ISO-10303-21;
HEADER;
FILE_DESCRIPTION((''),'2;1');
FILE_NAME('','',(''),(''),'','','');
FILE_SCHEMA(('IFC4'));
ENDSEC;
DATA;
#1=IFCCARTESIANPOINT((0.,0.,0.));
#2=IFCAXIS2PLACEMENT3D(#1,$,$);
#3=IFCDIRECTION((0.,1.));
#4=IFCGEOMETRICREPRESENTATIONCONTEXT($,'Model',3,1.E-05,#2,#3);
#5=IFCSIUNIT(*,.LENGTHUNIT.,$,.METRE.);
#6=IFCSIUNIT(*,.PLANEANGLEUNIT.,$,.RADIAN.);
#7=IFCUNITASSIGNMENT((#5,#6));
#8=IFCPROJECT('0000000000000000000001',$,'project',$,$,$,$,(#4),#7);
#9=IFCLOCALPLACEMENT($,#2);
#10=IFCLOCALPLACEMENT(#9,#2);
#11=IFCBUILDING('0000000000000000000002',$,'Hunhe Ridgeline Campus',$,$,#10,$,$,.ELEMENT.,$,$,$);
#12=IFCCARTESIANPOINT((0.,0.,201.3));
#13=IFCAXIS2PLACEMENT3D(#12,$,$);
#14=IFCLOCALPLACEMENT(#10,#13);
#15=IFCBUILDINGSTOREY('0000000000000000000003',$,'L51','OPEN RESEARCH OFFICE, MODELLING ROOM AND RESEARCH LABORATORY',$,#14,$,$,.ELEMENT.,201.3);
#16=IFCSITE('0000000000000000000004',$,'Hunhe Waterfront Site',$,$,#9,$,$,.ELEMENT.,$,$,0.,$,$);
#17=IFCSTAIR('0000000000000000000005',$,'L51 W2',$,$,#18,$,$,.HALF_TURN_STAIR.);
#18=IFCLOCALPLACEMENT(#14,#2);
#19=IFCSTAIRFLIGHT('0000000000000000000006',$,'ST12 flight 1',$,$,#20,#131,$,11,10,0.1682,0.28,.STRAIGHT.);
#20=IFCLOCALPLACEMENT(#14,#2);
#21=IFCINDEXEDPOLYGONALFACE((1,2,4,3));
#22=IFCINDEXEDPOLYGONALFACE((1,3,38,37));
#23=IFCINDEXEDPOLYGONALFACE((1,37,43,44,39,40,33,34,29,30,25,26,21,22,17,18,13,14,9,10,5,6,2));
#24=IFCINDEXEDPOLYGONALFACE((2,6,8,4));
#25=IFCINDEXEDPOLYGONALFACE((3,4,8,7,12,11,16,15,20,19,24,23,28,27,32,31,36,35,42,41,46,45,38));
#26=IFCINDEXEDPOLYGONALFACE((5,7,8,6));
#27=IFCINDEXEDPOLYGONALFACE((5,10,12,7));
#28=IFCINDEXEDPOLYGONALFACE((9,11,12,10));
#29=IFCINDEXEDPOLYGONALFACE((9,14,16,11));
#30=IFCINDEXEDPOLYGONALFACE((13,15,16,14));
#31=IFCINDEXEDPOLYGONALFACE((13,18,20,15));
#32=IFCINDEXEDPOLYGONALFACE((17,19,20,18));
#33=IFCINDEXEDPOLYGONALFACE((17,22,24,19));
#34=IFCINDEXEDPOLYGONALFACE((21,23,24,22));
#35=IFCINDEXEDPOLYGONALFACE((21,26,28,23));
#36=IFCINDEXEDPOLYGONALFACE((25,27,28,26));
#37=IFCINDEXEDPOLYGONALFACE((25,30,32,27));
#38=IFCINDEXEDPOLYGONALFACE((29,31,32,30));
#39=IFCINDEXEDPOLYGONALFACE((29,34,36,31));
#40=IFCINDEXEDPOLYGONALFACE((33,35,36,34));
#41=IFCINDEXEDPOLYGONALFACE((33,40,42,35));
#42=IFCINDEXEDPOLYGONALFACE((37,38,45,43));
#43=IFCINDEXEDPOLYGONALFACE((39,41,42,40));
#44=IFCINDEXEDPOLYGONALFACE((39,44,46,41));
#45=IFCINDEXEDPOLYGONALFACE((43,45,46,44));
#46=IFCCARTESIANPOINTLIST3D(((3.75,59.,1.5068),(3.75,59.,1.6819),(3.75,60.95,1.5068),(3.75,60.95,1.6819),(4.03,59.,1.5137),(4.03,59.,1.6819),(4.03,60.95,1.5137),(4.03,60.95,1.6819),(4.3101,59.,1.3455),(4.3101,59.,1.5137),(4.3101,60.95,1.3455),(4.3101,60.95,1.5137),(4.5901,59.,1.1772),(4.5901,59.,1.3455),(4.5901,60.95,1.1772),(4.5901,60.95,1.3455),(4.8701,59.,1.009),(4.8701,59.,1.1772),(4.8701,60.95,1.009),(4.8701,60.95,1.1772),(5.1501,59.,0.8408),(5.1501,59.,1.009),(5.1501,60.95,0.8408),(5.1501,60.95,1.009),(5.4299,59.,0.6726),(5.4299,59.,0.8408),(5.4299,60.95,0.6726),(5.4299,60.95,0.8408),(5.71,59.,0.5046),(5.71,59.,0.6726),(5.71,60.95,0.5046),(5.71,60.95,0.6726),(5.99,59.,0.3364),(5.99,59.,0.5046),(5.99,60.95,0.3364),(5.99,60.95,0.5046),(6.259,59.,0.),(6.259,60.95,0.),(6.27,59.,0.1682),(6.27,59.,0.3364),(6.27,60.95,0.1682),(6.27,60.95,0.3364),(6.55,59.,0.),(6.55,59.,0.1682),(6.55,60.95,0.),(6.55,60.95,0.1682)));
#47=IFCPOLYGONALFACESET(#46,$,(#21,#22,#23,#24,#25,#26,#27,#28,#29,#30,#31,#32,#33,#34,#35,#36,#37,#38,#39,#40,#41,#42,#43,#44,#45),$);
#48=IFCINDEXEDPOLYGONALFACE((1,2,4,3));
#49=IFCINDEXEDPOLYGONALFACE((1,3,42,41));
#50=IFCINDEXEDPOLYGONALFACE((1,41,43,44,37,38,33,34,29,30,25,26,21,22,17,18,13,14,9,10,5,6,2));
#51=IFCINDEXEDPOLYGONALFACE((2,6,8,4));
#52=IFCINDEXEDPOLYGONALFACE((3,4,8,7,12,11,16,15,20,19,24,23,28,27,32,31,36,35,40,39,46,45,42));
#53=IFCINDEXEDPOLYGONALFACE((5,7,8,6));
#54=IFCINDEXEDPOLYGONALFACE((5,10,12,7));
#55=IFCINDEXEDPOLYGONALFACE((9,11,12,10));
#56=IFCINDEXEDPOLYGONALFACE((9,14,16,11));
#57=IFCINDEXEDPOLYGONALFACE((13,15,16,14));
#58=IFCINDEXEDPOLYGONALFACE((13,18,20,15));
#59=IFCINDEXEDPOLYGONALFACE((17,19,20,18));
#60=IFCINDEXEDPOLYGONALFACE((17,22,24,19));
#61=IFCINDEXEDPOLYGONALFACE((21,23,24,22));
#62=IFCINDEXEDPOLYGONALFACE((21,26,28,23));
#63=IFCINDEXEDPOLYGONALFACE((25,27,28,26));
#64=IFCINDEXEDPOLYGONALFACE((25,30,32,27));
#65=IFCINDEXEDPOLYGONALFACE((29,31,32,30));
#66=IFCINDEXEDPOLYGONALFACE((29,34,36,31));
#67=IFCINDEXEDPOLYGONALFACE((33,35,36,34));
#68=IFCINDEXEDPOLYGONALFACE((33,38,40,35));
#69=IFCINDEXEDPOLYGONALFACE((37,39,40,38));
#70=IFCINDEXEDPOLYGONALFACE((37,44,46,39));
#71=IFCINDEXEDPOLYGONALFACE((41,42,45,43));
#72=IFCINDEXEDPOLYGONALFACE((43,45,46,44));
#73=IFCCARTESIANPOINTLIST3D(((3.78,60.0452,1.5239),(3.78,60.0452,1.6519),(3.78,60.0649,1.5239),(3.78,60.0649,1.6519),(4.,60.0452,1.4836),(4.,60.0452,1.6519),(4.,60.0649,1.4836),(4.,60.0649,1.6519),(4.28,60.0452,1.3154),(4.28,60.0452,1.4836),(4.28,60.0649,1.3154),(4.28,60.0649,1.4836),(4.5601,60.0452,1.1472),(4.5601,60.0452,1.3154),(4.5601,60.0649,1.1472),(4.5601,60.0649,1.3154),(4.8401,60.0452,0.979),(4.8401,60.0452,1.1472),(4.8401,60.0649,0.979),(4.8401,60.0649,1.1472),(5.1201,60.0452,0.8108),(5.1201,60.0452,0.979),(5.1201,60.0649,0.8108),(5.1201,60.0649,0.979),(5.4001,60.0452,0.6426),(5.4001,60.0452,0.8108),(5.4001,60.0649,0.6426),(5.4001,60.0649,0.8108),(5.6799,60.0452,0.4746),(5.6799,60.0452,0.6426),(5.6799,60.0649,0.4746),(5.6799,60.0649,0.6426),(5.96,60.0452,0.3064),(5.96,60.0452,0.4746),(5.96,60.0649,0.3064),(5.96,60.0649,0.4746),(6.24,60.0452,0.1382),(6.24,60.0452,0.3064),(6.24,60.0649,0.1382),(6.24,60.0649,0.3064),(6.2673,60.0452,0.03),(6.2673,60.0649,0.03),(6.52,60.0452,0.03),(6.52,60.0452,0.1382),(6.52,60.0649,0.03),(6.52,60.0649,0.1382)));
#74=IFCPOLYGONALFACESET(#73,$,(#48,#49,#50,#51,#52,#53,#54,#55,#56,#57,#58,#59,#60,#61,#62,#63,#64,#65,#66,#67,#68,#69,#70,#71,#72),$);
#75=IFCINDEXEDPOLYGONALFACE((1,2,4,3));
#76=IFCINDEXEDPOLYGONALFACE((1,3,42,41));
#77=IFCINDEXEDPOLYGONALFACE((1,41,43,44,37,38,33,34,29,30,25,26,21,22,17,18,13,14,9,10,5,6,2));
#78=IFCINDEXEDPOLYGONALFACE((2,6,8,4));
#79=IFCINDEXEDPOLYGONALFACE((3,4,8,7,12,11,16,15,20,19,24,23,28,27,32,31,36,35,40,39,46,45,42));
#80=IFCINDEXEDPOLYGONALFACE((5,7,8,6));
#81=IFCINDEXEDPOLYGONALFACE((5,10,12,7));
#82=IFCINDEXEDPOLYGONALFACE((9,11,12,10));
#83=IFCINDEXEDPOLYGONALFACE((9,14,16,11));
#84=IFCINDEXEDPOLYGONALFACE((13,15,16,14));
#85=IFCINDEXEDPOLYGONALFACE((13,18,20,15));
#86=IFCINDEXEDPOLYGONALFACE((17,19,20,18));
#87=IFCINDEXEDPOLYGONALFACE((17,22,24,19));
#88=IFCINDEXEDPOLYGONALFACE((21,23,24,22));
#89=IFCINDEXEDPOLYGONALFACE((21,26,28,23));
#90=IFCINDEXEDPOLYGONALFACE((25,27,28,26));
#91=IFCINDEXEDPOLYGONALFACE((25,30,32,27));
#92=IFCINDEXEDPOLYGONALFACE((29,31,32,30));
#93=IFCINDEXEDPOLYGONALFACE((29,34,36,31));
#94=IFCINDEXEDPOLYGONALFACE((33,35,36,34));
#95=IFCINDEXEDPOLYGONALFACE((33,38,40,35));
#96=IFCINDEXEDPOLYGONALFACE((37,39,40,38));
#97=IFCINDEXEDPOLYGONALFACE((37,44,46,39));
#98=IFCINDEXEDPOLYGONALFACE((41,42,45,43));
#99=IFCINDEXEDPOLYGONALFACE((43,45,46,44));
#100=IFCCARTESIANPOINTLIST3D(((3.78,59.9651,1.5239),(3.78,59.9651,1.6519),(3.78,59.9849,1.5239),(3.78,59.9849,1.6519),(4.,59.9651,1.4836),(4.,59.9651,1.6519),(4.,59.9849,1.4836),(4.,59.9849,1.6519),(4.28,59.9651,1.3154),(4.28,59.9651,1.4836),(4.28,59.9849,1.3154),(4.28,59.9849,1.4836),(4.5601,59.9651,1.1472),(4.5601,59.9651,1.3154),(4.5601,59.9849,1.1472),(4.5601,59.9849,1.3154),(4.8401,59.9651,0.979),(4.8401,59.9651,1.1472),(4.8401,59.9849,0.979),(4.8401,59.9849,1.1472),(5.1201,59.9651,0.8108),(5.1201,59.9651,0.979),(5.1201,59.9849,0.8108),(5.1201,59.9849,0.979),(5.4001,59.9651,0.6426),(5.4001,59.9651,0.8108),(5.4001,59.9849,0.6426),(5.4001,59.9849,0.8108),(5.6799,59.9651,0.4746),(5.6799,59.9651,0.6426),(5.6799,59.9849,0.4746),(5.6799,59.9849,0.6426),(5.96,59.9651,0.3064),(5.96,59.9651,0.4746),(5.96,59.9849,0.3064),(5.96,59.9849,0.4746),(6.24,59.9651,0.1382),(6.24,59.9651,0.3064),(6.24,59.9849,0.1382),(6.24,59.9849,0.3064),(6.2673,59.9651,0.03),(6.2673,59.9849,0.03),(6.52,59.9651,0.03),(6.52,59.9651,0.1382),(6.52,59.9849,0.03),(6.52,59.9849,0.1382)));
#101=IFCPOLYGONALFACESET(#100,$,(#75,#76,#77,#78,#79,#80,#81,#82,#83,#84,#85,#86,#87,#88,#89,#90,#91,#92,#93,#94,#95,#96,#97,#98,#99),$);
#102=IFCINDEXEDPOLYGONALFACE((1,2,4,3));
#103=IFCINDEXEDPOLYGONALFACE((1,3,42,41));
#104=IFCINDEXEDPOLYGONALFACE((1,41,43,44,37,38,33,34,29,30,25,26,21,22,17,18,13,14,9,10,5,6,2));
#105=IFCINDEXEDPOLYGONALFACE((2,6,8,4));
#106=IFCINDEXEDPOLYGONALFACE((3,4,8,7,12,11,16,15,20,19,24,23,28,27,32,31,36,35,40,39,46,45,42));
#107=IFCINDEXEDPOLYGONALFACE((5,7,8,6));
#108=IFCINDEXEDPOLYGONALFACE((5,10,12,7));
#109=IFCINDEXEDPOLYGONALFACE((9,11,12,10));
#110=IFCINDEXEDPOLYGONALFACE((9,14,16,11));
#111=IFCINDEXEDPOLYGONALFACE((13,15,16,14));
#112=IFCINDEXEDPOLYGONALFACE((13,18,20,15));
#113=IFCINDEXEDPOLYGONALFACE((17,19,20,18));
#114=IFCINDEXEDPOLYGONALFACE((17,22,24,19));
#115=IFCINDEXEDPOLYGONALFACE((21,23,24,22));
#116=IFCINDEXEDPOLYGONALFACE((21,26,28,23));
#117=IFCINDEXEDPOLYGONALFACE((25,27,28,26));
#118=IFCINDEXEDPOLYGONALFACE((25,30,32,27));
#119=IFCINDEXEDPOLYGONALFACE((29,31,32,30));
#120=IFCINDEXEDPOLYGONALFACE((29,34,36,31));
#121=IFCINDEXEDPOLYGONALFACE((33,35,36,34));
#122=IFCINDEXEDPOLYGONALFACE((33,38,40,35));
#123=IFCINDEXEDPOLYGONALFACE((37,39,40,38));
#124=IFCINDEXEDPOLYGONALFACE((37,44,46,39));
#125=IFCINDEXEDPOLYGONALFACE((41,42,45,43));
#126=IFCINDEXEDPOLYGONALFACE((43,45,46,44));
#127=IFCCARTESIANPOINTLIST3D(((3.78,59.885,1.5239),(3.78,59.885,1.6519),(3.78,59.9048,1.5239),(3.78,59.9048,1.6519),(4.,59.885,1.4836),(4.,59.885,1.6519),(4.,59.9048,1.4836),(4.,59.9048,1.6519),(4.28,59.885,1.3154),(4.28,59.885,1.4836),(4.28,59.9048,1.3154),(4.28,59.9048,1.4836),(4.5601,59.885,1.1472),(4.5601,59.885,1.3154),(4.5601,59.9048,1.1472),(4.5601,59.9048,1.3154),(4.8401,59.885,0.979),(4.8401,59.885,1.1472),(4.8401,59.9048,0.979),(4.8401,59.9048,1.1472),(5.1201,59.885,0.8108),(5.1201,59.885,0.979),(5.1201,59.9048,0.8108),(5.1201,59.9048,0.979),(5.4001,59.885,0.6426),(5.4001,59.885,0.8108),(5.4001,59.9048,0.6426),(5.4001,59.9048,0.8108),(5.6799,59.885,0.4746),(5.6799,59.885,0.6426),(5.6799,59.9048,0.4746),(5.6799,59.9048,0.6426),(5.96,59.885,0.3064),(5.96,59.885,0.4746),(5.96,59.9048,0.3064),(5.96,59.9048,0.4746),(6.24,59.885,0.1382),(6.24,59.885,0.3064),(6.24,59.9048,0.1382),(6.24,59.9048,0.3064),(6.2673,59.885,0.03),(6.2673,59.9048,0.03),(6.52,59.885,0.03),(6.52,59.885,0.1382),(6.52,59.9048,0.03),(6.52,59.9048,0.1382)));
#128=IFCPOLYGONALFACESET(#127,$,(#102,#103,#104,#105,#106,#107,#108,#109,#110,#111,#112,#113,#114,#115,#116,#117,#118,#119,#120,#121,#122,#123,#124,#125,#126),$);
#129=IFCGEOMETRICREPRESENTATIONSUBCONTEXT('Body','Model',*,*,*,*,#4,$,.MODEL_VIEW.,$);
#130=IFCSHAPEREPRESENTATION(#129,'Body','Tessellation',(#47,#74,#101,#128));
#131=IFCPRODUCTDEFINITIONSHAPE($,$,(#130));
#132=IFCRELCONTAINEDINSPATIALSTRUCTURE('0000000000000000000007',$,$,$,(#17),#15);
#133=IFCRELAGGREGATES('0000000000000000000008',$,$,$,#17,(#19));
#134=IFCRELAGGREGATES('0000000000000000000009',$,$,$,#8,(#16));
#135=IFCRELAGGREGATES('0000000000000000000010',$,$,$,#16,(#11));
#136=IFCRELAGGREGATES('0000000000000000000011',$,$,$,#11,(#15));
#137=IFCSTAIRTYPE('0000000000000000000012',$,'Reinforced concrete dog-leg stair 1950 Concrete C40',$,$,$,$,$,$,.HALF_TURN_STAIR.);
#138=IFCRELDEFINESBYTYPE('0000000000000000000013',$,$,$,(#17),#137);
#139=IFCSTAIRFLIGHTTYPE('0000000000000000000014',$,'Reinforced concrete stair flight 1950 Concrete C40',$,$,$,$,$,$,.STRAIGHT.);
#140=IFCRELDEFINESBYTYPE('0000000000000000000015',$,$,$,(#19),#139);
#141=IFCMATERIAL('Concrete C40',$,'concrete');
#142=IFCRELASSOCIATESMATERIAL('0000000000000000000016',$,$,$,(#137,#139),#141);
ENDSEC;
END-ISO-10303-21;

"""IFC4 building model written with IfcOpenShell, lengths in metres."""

from ifc_helpers import new_model, si_unit, direction, frame, origin, place, context, subcontext, project, spatial, polyline, outline, extrude, material, type_object, element, aggregate, save


model = new_model("IFC4")

# Units and contexts
model_context = context("Model", 3, precision=1e-05, world=origin(), true_north=direction((0.0, 1.0)))
body_context = subcontext(model_context, "Body", "Model", "MODEL_VIEW")
ifc_project = project(units=[si_unit("LENGTHUNIT", "METRE"), si_unit("PLANEANGLEUNIT", "RADIAN")], contexts=[model_context])

# Site, building, storey
site_placement = place(None, origin())
site = spatial("IfcSite", under=ifc_project, at=site_placement, Name="Hunhe Waterfront Site", CompositionType="ELEMENT", RefElevation=0.0)
building_placement = place(site_placement, origin())
building = spatial("IfcBuilding", under=site, at=building_placement, Name="Hunhe Ridgeline Campus", CompositionType="ELEMENT")
storey_placement = place(building_placement, frame((0.0, 0.0, 201.3)))
storey = spatial("IfcBuildingStorey", under=building, at=storey_placement, Name="L51", Description="OPEN RESEARCH OFFICE, MODELLING ROOM AND RESEARCH LABORATORY", CompositionType="ELEMENT", Elevation=201.3)

# Shared definitions
ifc_material_1 = material(Name="Concrete C40", Category="concrete")
stair_type = type_object("IfcStairType", Name="Reinforced concrete dog-leg stair 1950 Concrete C40", PredefinedType="HALF_TURN_STAIR", material=ifc_material_1)
stair_flight_type = type_object("IfcStairFlightType", Name="Reinforced concrete stair flight 1950 Concrete C40", PredefinedType="STRAIGHT", material=ifc_material_1)

# Stair, stair flight
stair_1_placement = place(storey_placement, origin())
stair_1 = element("IfcStair", 1, at=stair_1_placement, inside=storey, type_object=stair_type, Name="L51 W2", PredefinedType="HALF_TURN_STAIR")
stair_flight_1_placement = place(storey_placement, frame((6.55, 59.9751, 0.0), z_axis=(0.0, 0.0, 1.0), x_axis=(-1.0, 0.0, 0.0)))
stair_flight_1 = element("IfcStairFlight", 2, at=stair_flight_1_placement, type_object=stair_flight_type, Name="ST12 flight 1", NumberOfRisers=11, NumberOfTreads=10, PredefinedType="STRAIGHT", RiserHeight=0.1682, TreadLength=0.28, context=body_context, shape_type="SweptSolid", body=[
    extrude(outline(polyline([(0.0, 0.0), (0.0, 0.1682), (0.28, 0.1682), (0.28, 0.3364), (0.5601, 0.3364), (0.5601, 0.5046), (0.8401, 0.5046), (0.8401, 0.6726), (1.1201, 0.6726), (1.1201, 0.8408), (1.3999, 0.8408), (1.3999, 1.009), (1.6799, 1.009), (1.6799, 1.1772), (1.96, 1.1772), (1.96, 1.3455), (2.24, 1.3455), (2.24, 1.5137), (2.52, 1.5137), (2.52, 1.6819), (2.8, 1.6819), (2.8, 1.8501), (2.8, 1.5068), (0.291, 0.0), (0.0, 0.0)])), frame((0.0, 0.9751, 0.0), z_axis=(0.0, -1.0, 0.0), x_axis=(1.0, 0.0, 0.0)), (0.0, 0.0, 1.0), 1.95),
    extrude(outline(polyline([(0.03, 0.03), (0.03, 0.1382), (0.3101, 0.1382), (0.3101, 0.3064), (0.5901, 0.3064), (0.5901, 0.4746), (0.8701, 0.4746), (0.8701, 0.6426), (1.1499, 0.6426), (1.1499, 0.8108), (1.4299, 0.8108), (1.4299, 0.979), (1.71, 0.979), (1.71, 1.1472), (1.99, 1.1472), (1.99, 1.3154), (2.27, 1.3154), (2.27, 1.4836), (2.55, 1.4836), (2.55, 1.6519), (2.77, 1.6519), (2.77, 1.5239), (0.2827, 0.03), (0.03, 0.03)])), frame((0.0, -0.0701, 0.0), z_axis=(0.0, -1.0, 0.0), x_axis=(1.0, 0.0, 0.0)), (0.0, 0.0, 1.0), 0.0198),
    extrude(outline(polyline([(0.03, 0.03), (0.03, 0.1382), (0.3101, 0.1382), (0.3101, 0.3064), (0.5901, 0.3064), (0.5901, 0.4746), (0.8701, 0.4746), (0.8701, 0.6426), (1.1499, 0.6426), (1.1499, 0.8108), (1.4299, 0.8108), (1.4299, 0.979), (1.71, 0.979), (1.71, 1.1472), (1.99, 1.1472), (1.99, 1.3154), (2.27, 1.3154), (2.27, 1.4836), (2.55, 1.4836), (2.55, 1.6519), (2.77, 1.6519), (2.77, 1.5239), (0.2827, 0.03), (0.03, 0.03)])), frame((0.0, 0.01, 0.0), z_axis=(0.0, -1.0, 0.0), x_axis=(1.0, 0.0, 0.0)), (0.0, 0.0, 1.0), 0.0198),
    extrude(outline(polyline([(0.03, 0.03), (0.03, 0.1382), (0.3101, 0.1382), (0.3101, 0.3064), (0.5901, 0.3064), (0.5901, 0.4746), (0.8701, 0.4746), (0.8701, 0.6426), (1.1499, 0.6426), (1.1499, 0.8108), (1.4299, 0.8108), (1.4299, 0.979), (1.71, 0.979), (1.71, 1.1472), (1.99, 1.1472), (1.99, 1.3154), (2.27, 1.3154), (2.27, 1.4836), (2.55, 1.4836), (2.55, 1.6519), (2.77, 1.6519), (2.77, 1.5239), (0.2827, 0.03), (0.03, 0.03)])), frame((0.0, 0.0901, 0.0), z_axis=(0.0, -1.0, 0.0), x_axis=(1.0, 0.0, 0.0)), (0.0, 0.0, 1.0), 0.0198),
])
aggregate(stair_1, [stair_flight_1])

save(model, "model.ifc")
